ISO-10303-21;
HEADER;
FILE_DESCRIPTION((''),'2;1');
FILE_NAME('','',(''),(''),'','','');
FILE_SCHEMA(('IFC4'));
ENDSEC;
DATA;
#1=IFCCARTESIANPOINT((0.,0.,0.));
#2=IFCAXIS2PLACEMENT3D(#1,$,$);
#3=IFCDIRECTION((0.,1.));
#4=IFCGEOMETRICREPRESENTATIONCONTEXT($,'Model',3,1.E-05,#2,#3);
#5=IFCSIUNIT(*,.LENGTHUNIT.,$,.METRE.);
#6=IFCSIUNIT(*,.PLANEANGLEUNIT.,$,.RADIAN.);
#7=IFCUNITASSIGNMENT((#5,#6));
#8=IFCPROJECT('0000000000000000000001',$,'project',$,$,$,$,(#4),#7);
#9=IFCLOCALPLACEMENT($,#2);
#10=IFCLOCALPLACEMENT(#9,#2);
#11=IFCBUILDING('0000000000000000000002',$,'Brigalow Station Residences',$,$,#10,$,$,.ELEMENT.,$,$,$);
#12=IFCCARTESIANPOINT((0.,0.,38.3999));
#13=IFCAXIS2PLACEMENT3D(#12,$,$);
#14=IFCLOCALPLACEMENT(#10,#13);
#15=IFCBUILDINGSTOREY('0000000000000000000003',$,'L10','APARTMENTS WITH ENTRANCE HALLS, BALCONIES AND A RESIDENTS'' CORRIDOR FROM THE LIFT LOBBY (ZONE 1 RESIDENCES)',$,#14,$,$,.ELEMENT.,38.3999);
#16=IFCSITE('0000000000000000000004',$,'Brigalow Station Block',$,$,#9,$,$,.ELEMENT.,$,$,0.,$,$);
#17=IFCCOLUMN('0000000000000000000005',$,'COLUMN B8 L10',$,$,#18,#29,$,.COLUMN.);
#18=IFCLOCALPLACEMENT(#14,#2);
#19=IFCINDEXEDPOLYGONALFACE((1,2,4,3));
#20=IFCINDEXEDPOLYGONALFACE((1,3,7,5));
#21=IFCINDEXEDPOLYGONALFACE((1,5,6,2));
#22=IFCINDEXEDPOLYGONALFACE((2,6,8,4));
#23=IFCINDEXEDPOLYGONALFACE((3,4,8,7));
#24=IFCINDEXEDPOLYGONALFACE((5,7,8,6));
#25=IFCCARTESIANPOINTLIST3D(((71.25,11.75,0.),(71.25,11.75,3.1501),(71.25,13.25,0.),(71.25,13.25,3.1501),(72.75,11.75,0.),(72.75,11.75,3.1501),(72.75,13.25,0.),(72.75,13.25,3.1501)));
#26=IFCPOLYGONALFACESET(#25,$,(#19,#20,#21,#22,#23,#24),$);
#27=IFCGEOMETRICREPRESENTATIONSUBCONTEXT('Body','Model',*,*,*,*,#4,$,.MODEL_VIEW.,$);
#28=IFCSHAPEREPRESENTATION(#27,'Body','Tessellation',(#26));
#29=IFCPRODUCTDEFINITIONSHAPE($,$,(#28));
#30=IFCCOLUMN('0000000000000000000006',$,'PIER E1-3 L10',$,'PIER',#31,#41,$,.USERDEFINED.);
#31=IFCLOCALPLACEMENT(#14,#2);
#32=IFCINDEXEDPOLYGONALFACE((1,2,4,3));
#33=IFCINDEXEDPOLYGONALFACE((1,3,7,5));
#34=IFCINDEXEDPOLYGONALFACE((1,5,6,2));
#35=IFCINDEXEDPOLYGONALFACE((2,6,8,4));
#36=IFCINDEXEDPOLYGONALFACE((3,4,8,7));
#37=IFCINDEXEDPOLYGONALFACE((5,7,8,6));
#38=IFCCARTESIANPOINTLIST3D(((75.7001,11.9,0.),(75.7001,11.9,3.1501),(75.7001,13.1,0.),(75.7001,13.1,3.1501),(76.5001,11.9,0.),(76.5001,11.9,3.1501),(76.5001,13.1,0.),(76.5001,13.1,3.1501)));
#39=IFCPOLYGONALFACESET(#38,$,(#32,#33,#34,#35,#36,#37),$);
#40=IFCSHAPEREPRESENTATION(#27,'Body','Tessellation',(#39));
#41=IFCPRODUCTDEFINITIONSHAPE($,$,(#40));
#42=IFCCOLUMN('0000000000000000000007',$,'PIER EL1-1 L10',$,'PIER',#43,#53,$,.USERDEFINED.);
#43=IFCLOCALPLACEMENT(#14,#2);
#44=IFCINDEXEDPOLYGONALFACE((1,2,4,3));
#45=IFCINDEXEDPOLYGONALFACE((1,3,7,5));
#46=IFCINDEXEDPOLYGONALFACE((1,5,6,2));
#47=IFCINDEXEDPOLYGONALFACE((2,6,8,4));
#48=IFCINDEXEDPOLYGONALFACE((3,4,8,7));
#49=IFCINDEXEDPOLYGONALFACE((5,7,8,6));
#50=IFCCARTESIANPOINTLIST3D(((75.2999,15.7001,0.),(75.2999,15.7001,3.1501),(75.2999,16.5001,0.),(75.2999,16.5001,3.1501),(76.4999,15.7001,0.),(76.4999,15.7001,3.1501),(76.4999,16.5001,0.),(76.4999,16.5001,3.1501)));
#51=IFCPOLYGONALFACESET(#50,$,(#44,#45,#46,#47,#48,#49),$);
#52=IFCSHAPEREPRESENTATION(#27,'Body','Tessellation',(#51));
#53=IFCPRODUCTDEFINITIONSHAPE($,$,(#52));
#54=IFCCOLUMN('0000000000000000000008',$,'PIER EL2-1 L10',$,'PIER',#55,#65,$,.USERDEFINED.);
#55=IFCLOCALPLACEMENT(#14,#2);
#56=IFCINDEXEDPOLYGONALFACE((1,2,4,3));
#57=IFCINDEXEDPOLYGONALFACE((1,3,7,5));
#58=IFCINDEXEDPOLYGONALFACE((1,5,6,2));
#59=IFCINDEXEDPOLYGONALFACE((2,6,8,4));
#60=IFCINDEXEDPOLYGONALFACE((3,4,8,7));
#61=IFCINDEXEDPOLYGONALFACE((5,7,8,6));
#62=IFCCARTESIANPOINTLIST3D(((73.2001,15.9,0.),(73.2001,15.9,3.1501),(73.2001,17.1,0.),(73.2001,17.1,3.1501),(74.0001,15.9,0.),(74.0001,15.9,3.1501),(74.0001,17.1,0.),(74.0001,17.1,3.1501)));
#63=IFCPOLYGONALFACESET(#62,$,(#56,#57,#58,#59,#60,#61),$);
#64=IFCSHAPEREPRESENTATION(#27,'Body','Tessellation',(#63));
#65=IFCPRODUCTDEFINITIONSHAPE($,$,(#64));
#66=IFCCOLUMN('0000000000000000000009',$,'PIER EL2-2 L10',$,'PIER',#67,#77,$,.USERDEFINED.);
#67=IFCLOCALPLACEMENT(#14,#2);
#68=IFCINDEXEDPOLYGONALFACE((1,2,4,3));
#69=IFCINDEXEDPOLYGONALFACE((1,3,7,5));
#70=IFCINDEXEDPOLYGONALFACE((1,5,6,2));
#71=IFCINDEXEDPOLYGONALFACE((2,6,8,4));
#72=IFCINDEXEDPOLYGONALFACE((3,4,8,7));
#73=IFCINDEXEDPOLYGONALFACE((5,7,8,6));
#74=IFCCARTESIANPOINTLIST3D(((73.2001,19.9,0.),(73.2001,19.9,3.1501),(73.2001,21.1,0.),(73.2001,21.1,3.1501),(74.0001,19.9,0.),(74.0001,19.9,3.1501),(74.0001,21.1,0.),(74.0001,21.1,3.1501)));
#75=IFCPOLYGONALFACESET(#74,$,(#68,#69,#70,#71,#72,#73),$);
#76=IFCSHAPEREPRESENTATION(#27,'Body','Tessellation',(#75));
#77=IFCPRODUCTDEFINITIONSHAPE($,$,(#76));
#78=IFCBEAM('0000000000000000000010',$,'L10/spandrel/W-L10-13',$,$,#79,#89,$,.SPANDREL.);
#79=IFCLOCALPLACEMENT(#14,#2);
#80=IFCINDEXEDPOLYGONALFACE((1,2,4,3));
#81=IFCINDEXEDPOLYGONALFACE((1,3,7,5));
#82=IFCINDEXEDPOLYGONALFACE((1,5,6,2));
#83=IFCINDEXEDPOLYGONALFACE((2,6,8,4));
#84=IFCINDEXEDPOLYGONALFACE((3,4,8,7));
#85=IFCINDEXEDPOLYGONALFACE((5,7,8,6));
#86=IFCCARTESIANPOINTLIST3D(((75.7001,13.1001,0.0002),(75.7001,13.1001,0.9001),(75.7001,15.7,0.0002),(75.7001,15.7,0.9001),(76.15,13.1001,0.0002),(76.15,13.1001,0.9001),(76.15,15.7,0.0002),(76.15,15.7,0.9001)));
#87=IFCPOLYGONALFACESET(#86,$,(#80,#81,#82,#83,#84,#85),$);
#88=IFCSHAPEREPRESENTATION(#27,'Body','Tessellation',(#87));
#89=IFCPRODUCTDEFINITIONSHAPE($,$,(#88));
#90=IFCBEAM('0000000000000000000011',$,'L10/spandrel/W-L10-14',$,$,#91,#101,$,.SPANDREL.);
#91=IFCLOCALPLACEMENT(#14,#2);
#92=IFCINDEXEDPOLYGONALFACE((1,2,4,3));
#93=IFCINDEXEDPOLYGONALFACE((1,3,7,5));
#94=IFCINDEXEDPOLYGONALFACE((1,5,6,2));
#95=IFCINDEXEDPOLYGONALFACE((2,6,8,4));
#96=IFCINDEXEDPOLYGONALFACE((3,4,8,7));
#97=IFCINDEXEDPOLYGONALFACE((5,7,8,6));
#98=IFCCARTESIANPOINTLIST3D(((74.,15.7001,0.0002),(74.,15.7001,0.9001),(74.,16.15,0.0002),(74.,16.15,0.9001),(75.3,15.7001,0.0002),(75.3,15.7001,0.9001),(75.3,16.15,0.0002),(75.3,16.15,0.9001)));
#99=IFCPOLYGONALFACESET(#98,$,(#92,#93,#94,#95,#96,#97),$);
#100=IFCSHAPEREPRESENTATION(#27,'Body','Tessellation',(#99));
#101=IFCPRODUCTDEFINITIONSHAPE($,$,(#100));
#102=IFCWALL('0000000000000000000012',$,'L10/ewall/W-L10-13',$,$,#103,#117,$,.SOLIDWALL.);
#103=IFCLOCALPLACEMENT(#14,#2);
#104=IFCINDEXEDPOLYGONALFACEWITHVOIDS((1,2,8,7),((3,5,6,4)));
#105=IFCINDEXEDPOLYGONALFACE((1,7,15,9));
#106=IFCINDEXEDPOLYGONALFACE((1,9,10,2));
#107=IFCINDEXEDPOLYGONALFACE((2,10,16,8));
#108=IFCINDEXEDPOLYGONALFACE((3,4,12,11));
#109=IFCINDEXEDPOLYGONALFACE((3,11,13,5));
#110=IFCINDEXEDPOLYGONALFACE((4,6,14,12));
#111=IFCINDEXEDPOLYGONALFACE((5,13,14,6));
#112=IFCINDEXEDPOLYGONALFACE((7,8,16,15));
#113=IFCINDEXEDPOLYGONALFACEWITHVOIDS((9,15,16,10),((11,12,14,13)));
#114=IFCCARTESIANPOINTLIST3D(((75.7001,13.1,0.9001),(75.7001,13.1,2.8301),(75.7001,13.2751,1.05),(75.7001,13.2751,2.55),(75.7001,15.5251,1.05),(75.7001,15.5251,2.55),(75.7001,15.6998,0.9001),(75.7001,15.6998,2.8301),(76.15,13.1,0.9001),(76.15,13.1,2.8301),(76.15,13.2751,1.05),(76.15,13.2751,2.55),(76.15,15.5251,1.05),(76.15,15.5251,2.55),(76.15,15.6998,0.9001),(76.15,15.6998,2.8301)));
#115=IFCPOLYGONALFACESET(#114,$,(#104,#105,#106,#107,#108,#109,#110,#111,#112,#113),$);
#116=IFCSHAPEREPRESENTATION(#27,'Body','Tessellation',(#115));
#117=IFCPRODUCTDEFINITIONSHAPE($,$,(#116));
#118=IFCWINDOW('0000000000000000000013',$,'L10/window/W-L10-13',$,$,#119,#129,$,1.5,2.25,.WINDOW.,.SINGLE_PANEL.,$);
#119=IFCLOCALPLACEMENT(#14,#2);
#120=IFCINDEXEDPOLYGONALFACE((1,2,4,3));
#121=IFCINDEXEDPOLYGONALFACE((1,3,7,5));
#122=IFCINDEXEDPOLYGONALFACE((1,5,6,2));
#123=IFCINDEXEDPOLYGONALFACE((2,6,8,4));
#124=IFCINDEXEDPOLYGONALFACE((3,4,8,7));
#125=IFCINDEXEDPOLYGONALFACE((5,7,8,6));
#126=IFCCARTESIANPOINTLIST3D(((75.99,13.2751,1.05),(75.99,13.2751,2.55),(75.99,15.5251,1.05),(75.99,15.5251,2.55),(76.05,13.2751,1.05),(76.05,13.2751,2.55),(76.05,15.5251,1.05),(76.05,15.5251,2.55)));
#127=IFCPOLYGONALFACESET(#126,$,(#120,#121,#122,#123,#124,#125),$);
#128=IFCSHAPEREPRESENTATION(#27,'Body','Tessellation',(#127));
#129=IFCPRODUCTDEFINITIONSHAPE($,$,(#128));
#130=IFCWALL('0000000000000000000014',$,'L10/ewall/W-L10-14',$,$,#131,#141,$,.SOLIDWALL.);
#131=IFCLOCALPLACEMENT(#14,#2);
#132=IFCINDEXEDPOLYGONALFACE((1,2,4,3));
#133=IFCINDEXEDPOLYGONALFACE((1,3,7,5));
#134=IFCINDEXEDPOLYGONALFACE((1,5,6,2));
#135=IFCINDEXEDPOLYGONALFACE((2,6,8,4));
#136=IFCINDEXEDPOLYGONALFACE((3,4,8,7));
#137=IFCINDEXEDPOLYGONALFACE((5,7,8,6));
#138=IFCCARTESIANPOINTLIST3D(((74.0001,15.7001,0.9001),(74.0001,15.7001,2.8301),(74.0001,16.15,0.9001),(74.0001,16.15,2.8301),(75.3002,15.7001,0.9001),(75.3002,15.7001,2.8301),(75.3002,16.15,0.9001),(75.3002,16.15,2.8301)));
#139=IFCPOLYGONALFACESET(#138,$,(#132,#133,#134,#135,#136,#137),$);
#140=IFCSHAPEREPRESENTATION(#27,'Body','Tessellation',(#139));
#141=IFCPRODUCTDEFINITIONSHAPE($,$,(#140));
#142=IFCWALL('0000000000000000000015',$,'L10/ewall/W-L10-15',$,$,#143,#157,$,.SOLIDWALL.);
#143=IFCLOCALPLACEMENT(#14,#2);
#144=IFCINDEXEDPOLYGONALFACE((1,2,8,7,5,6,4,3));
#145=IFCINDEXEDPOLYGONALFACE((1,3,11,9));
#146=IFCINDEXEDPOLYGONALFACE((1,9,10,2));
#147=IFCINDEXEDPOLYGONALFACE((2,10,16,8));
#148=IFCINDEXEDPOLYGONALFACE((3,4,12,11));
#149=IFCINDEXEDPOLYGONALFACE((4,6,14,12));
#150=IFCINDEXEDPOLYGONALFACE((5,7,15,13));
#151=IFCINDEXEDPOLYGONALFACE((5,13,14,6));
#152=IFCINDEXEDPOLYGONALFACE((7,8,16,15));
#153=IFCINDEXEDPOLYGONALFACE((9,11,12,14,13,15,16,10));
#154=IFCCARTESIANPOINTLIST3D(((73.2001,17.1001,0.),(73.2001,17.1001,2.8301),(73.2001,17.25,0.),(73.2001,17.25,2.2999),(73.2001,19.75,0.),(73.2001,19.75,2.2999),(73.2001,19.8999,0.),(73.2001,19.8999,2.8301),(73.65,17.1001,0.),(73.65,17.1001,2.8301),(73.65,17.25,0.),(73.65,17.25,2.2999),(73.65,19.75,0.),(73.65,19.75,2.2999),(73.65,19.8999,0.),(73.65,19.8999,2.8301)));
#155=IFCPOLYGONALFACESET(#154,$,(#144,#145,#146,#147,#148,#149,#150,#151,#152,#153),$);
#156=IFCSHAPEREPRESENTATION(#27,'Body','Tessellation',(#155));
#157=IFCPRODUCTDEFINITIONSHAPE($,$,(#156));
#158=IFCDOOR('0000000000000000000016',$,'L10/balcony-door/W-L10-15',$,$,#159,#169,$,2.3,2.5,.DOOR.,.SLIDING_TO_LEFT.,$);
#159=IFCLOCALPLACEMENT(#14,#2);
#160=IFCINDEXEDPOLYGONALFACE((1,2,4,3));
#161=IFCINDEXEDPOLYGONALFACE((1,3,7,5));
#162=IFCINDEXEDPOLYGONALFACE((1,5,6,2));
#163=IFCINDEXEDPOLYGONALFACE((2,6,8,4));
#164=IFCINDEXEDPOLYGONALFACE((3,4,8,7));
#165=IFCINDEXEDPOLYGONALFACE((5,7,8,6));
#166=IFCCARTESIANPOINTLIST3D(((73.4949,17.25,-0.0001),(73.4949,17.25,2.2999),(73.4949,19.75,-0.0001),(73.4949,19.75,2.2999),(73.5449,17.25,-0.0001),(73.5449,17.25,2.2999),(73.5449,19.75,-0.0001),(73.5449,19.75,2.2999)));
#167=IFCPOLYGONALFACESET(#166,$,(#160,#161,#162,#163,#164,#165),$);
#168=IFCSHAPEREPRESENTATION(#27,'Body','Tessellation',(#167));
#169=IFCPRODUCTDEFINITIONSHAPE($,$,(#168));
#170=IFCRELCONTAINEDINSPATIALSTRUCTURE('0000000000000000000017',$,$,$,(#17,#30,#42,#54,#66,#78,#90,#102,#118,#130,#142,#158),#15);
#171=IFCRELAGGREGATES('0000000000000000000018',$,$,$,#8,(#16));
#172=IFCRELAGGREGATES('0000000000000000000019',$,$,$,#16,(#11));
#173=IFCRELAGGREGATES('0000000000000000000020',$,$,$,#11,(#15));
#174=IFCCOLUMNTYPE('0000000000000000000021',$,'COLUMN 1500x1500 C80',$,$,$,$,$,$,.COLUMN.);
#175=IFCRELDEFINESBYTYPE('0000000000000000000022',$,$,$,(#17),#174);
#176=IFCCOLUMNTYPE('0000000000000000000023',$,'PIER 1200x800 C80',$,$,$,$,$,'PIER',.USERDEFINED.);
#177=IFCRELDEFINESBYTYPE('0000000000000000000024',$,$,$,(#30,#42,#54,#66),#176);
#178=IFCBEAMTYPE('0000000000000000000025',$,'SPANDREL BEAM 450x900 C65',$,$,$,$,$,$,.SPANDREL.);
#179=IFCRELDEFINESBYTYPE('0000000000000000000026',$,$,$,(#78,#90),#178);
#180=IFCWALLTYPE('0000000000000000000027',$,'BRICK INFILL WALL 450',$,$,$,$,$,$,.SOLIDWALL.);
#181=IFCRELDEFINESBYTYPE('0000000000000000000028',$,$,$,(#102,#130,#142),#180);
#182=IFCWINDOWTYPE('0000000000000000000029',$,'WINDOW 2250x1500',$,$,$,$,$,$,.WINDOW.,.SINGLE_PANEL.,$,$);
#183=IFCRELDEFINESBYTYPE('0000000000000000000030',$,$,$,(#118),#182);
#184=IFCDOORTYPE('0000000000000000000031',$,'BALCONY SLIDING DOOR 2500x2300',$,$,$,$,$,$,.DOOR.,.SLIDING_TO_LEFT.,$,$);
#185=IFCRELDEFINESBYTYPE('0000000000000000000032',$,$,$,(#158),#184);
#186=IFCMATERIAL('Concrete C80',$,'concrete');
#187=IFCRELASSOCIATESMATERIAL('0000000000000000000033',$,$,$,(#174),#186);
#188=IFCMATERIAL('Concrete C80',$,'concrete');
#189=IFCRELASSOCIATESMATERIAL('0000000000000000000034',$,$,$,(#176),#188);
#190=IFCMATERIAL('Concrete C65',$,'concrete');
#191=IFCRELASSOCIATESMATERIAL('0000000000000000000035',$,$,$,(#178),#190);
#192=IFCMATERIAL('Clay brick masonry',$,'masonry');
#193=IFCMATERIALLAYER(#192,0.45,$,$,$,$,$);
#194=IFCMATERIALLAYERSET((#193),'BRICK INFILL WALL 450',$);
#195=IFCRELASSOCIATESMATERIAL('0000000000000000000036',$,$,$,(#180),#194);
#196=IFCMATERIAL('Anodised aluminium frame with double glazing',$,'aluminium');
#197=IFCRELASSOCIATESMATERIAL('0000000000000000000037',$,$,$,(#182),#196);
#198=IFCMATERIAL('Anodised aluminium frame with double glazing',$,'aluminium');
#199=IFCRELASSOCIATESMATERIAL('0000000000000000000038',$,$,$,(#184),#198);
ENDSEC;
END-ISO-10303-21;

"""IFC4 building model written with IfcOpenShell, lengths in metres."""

from ifc_helpers import new_model, si_unit, direction, frame, frame_2d, origin, origin_2d, place, context, subcontext, project, spatial, rectangle, extrude, material, layer, layer_set, material_profile, profile_set, type_object, element, fill, save


model = new_model("IFC4")

# Units and contexts
model_context = context("Model", 3, precision=1e-05, world=origin(), true_north=direction((0.0, 1.0)))
body_context = subcontext(model_context, "Body", "Model", "MODEL_VIEW")
ifc_project = project(units=[si_unit("LENGTHUNIT", "METRE"), si_unit("PLANEANGLEUNIT", "RADIAN")], contexts=[model_context])

# Site, building, storey
site_placement = place(None, origin())
site = spatial("IfcSite", under=ifc_project, at=site_placement, Name="Brigalow Station Block", CompositionType="ELEMENT", RefElevation=0.0)
building_placement = place(site_placement, origin())
building = spatial("IfcBuilding", under=site, at=building_placement, Name="Brigalow Station Residences", CompositionType="ELEMENT")
storey_placement = place(building_placement, frame((0.0, 0.0, 38.3999)))
storey = spatial("IfcBuildingStorey", under=building, at=storey_placement, Name="L10", Description="APARTMENTS WITH ENTRANCE HALLS, BALCONIES AND A RESIDENTS' CORRIDOR FROM THE LIFT LOBBY (ZONE 1 RESIDENCES)", CompositionType="ELEMENT", Elevation=38.3999)

# Columns
ifc_material_1 = material(Name="Concrete C80", Category="concrete")
ifc_material_profile_1 = material_profile(ifc_material_1, rectangle(XDim=1.5, YDim=1.5, at=origin_2d()), Name="RC1500x1500")
ifc_profile_set_1 = profile_set([ifc_material_profile_1], Name="Concrete C80")
column_type_1 = type_object("IfcColumnType", Name="COLUMN 1500x1500 C80", PredefinedType="COLUMN", material=ifc_profile_set_1)
column_placement = place(storey_placement, frame((72.0, 12.5, 0.0), z_axis=(0.0, 0.0, 1.0), x_axis=(1.0, 0.0, 0.0)))
element("IfcColumn", 1, at=column_placement, inside=storey, type_object=column_type_1, Name="COLUMN B8 L10", PredefinedType="COLUMN", context=body_context, shape_type="SweptSolid", body=[
    extrude(rectangle(XDim=1.5, YDim=1.5, at=origin_2d()), origin(), (0.0, 0.0, 1.0), 3.1501),
])
ifc_material_2 = material(Name="Concrete C80", Category="concrete")
ifc_material_profile_2 = material_profile(ifc_material_2, rectangle(XDim=1.2, YDim=0.8, at=origin_2d()), Name="RC1200x800")
ifc_profile_set_2 = profile_set([ifc_material_profile_2], Name="Concrete C80")
column_type_2 = type_object("IfcColumnType", Name="PIER 1200x800 C80", ElementType="PIER", PredefinedType="USERDEFINED", material=ifc_profile_set_2)
for number, where, z_axis, x_axis, name in (
    (2, (76.1001, 12.5, 0.0), (0.0, 0.0, 1.0), (0.0, 1.0, 0.0), "PIER E1-3 L10"),
    (3, (75.8999, 16.1001, 0.0), (0.0, 0.0, 1.0), (-1.0, 0.0, 0.0), "PIER EL1-1 L10"),
    (4, (73.6001, 16.5, 0.0), (0.0, 0.0, 1.0), (0.0, 1.0, 0.0), "PIER EL2-1 L10"),
    (5, (73.6001, 20.5, 0.0), (0.0, 0.0, 1.0), (0.0, 1.0, 0.0), "PIER EL2-2 L10"),
):
    element("IfcColumn", number, at=place(storey_placement, frame(where, z_axis=z_axis, x_axis=x_axis)), inside=storey, type_object=column_type_2, Name=name, ObjectType="PIER", PredefinedType="USERDEFINED", context=body_context, shape_type="SweptSolid", body=[
        extrude(rectangle(XDim=1.2, YDim=0.8, at=origin_2d()), origin(), (0.0, 0.0, 1.0), 3.1501),
    ])

# Beams
ifc_material_3 = material(Name="Concrete C65", Category="concrete")
ifc_material_profile_3 = material_profile(ifc_material_3, rectangle(XDim=0.45, YDim=0.8999, at=origin_2d()), Name="RC450x900")
ifc_profile_set_3 = profile_set([ifc_material_profile_3], Name="Concrete C65")
beam_type = type_object("IfcBeamType", Name="SPANDREL BEAM 450x900 C65", PredefinedType="SPANDREL", material=ifc_profile_set_3)
beam_1_placement = place(storey_placement, frame((75.925, 13.1001, 0.4502), z_axis=(0.0, 1.0, 0.0), x_axis=(-1.0, 0.0, 0.0)))
element("IfcBeam", 6, at=beam_1_placement, inside=storey, type_object=beam_type, Name="L10/spandrel/W-L10-13", PredefinedType="SPANDREL", context=body_context, shape_type="SweptSolid", body=[
    extrude(rectangle(XDim=0.45, YDim=0.8999, at=origin_2d()), origin(), (0.0, 0.0, 1.0), 2.5999),
])
beam_2_placement = place(storey_placement, frame((75.3, 15.925, 0.4502), z_axis=(-1.0, 0.0, 0.0), x_axis=(0.0, -1.0, 0.0)))
element("IfcBeam", 7, at=beam_2_placement, inside=storey, type_object=beam_type, Name="L10/spandrel/W-L10-14", PredefinedType="SPANDREL", context=body_context, shape_type="SweptSolid", body=[
    extrude(rectangle(XDim=0.45, YDim=0.8999, at=origin_2d()), origin(), (0.0, 0.0, 1.0), 1.3),
])

# Wall, opening, window
ifc_material_4 = material(Name="Clay brick masonry", Category="masonry")
ifc_layer_1 = layer(ifc_material_4, 0.45)
ifc_layer_set_1 = layer_set([ifc_layer_1], Name="BRICK INFILL WALL 450")
wall_type_1 = type_object("IfcWallType", Name="BRICK INFILL WALL 450", PredefinedType="SOLIDWALL", material=ifc_layer_set_1)
wall_1_placement = place(storey_placement, frame((75.925, 13.1001, 0.9001), z_axis=(0.0, 0.0, 1.0), x_axis=(0.0, 1.0, 0.0)))
wall_1 = element("IfcWall", 8, at=wall_1_placement, inside=storey, type_object=wall_type_1, Name="L10/ewall/W-L10-13", PredefinedType="SOLIDWALL", context=body_context, shape_type="SweptSolid", body=[
    extrude(rectangle(XDim=2.5999, YDim=0.45, at=frame_2d((1.2998, 0.0))), origin(), (0.0, 0.0, 1.0), 1.9299),
])
opening_1_placement = place(wall_1_placement, frame((0.175, 0.0, 0.1499)))
opening_1 = element("IfcOpeningElement", 9, at=opening_1_placement, cuts=wall_1, PredefinedType="OPENING", context=body_context, shape_type="SweptSolid", body=[
    extrude(rectangle(XDim=2.25, YDim=1.5, at=frame_2d((1.125, 0.75))), frame((0.0, 0.2349, 0.0), z_axis=(0.0, -1.0, 0.0), x_axis=(1.0, 0.0, 0.0)), (0.0, 0.0, 1.0), 0.47),
])
ifc_material_5 = material(Name="Anodised aluminium frame with double glazing", Category="aluminium")
window_type = type_object("IfcWindowType", Name="WINDOW 2250x1500", PartitioningType="SINGLE_PANEL", PredefinedType="WINDOW", material=ifc_material_5)
window_placement = place(opening_1_placement, origin())
window = element("IfcWindow", 10, at=window_placement, inside=storey, type_object=window_type, Name="L10/window/W-L10-13", OverallHeight=1.5, OverallWidth=2.25, PartitioningType="SINGLE_PANEL", PredefinedType="WINDOW", context=body_context, shape_type="SweptSolid", body=[
    extrude(rectangle(XDim=2.25, YDim=1.5, at=frame_2d((1.125, 0.75))), frame((0.0, -0.0649, 0.0), z_axis=(0.0, -1.0, 0.0), x_axis=(1.0, 0.0, 0.0)), (0.0, 0.0, 1.0), 0.0601),
])
fill(opening_1, window)

# Wall
wall_2_placement = place(storey_placement, frame((75.3, 15.925, 0.9001), z_axis=(0.0, 0.0, 1.0), x_axis=(-1.0, 0.0, 0.0)))
element("IfcWall", 11, at=wall_2_placement, inside=storey, type_object=wall_type_1, Name="L10/ewall/W-L10-14", PredefinedType="SOLIDWALL", context=body_context, shape_type="SweptSolid", body=[
    extrude(rectangle(XDim=1.3, YDim=0.45, at=frame_2d((0.6499, 0.0))), origin(), (0.0, 0.0, 1.0), 1.9299),
])

# Wall, opening, door
wall_3_placement = place(storey_placement, frame((73.425, 17.1001, 0.0), z_axis=(0.0, 0.0, 1.0), x_axis=(0.0, 1.0, 0.0)))
wall_3 = element("IfcWall", 12, at=wall_3_placement, inside=storey, type_object=wall_type_1, Name="L10/ewall/W-L10-15", PredefinedType="SOLIDWALL", context=body_context, shape_type="SweptSolid", body=[
    extrude(rectangle(XDim=2.7998, YDim=0.45, at=frame_2d((1.3999, 0.0))), origin(), (0.0, 0.0, 1.0), 2.8301),
])
opening_2_placement = place(wall_3_placement, frame((0.1499, 0.0, 0.0)))
opening_2 = element("IfcOpeningElement", 13, at=opening_2_placement, cuts=wall_3, PredefinedType="OPENING", context=body_context, shape_type="SweptSolid", body=[
    extrude(rectangle(XDim=2.5, YDim=2.3, at=frame_2d((1.25, 1.1499))), frame((0.0, 0.2349, 0.0), z_axis=(0.0, -1.0, 0.0), x_axis=(1.0, 0.0, 0.0)), (0.0, 0.0, 1.0), 0.47),
])
ifc_material_6 = material(Name="Anodised aluminium frame with double glazing", Category="aluminium")
door_type_1 = type_object("IfcDoorType", Name="BALCONY SLIDING DOOR 2500x2300", OperationType="SLIDING_TO_LEFT", PredefinedType="DOOR", material=ifc_material_6)
door_1_placement = place(opening_2_placement, origin())
door_1 = element("IfcDoor", 14, at=door_1_placement, inside=storey, type_object=door_type_1, Name="L10/balcony-door/W-L10-15", OperationType="SLIDING_TO_LEFT", OverallHeight=2.3, OverallWidth=2.5, PredefinedType="DOOR", context=body_context, shape_type="SweptSolid", body=[
    extrude(rectangle(XDim=2.5, YDim=2.3, at=frame_2d((1.25, 1.1499))), frame((0.0, -0.0698, 0.0), z_axis=(0.0, -1.0, 0.0), x_axis=(1.0, 0.0, 0.0)), (0.0, 0.0, 1.0), 0.05),
])
fill(opening_2, door_1)

save(model, "model.ifc")
